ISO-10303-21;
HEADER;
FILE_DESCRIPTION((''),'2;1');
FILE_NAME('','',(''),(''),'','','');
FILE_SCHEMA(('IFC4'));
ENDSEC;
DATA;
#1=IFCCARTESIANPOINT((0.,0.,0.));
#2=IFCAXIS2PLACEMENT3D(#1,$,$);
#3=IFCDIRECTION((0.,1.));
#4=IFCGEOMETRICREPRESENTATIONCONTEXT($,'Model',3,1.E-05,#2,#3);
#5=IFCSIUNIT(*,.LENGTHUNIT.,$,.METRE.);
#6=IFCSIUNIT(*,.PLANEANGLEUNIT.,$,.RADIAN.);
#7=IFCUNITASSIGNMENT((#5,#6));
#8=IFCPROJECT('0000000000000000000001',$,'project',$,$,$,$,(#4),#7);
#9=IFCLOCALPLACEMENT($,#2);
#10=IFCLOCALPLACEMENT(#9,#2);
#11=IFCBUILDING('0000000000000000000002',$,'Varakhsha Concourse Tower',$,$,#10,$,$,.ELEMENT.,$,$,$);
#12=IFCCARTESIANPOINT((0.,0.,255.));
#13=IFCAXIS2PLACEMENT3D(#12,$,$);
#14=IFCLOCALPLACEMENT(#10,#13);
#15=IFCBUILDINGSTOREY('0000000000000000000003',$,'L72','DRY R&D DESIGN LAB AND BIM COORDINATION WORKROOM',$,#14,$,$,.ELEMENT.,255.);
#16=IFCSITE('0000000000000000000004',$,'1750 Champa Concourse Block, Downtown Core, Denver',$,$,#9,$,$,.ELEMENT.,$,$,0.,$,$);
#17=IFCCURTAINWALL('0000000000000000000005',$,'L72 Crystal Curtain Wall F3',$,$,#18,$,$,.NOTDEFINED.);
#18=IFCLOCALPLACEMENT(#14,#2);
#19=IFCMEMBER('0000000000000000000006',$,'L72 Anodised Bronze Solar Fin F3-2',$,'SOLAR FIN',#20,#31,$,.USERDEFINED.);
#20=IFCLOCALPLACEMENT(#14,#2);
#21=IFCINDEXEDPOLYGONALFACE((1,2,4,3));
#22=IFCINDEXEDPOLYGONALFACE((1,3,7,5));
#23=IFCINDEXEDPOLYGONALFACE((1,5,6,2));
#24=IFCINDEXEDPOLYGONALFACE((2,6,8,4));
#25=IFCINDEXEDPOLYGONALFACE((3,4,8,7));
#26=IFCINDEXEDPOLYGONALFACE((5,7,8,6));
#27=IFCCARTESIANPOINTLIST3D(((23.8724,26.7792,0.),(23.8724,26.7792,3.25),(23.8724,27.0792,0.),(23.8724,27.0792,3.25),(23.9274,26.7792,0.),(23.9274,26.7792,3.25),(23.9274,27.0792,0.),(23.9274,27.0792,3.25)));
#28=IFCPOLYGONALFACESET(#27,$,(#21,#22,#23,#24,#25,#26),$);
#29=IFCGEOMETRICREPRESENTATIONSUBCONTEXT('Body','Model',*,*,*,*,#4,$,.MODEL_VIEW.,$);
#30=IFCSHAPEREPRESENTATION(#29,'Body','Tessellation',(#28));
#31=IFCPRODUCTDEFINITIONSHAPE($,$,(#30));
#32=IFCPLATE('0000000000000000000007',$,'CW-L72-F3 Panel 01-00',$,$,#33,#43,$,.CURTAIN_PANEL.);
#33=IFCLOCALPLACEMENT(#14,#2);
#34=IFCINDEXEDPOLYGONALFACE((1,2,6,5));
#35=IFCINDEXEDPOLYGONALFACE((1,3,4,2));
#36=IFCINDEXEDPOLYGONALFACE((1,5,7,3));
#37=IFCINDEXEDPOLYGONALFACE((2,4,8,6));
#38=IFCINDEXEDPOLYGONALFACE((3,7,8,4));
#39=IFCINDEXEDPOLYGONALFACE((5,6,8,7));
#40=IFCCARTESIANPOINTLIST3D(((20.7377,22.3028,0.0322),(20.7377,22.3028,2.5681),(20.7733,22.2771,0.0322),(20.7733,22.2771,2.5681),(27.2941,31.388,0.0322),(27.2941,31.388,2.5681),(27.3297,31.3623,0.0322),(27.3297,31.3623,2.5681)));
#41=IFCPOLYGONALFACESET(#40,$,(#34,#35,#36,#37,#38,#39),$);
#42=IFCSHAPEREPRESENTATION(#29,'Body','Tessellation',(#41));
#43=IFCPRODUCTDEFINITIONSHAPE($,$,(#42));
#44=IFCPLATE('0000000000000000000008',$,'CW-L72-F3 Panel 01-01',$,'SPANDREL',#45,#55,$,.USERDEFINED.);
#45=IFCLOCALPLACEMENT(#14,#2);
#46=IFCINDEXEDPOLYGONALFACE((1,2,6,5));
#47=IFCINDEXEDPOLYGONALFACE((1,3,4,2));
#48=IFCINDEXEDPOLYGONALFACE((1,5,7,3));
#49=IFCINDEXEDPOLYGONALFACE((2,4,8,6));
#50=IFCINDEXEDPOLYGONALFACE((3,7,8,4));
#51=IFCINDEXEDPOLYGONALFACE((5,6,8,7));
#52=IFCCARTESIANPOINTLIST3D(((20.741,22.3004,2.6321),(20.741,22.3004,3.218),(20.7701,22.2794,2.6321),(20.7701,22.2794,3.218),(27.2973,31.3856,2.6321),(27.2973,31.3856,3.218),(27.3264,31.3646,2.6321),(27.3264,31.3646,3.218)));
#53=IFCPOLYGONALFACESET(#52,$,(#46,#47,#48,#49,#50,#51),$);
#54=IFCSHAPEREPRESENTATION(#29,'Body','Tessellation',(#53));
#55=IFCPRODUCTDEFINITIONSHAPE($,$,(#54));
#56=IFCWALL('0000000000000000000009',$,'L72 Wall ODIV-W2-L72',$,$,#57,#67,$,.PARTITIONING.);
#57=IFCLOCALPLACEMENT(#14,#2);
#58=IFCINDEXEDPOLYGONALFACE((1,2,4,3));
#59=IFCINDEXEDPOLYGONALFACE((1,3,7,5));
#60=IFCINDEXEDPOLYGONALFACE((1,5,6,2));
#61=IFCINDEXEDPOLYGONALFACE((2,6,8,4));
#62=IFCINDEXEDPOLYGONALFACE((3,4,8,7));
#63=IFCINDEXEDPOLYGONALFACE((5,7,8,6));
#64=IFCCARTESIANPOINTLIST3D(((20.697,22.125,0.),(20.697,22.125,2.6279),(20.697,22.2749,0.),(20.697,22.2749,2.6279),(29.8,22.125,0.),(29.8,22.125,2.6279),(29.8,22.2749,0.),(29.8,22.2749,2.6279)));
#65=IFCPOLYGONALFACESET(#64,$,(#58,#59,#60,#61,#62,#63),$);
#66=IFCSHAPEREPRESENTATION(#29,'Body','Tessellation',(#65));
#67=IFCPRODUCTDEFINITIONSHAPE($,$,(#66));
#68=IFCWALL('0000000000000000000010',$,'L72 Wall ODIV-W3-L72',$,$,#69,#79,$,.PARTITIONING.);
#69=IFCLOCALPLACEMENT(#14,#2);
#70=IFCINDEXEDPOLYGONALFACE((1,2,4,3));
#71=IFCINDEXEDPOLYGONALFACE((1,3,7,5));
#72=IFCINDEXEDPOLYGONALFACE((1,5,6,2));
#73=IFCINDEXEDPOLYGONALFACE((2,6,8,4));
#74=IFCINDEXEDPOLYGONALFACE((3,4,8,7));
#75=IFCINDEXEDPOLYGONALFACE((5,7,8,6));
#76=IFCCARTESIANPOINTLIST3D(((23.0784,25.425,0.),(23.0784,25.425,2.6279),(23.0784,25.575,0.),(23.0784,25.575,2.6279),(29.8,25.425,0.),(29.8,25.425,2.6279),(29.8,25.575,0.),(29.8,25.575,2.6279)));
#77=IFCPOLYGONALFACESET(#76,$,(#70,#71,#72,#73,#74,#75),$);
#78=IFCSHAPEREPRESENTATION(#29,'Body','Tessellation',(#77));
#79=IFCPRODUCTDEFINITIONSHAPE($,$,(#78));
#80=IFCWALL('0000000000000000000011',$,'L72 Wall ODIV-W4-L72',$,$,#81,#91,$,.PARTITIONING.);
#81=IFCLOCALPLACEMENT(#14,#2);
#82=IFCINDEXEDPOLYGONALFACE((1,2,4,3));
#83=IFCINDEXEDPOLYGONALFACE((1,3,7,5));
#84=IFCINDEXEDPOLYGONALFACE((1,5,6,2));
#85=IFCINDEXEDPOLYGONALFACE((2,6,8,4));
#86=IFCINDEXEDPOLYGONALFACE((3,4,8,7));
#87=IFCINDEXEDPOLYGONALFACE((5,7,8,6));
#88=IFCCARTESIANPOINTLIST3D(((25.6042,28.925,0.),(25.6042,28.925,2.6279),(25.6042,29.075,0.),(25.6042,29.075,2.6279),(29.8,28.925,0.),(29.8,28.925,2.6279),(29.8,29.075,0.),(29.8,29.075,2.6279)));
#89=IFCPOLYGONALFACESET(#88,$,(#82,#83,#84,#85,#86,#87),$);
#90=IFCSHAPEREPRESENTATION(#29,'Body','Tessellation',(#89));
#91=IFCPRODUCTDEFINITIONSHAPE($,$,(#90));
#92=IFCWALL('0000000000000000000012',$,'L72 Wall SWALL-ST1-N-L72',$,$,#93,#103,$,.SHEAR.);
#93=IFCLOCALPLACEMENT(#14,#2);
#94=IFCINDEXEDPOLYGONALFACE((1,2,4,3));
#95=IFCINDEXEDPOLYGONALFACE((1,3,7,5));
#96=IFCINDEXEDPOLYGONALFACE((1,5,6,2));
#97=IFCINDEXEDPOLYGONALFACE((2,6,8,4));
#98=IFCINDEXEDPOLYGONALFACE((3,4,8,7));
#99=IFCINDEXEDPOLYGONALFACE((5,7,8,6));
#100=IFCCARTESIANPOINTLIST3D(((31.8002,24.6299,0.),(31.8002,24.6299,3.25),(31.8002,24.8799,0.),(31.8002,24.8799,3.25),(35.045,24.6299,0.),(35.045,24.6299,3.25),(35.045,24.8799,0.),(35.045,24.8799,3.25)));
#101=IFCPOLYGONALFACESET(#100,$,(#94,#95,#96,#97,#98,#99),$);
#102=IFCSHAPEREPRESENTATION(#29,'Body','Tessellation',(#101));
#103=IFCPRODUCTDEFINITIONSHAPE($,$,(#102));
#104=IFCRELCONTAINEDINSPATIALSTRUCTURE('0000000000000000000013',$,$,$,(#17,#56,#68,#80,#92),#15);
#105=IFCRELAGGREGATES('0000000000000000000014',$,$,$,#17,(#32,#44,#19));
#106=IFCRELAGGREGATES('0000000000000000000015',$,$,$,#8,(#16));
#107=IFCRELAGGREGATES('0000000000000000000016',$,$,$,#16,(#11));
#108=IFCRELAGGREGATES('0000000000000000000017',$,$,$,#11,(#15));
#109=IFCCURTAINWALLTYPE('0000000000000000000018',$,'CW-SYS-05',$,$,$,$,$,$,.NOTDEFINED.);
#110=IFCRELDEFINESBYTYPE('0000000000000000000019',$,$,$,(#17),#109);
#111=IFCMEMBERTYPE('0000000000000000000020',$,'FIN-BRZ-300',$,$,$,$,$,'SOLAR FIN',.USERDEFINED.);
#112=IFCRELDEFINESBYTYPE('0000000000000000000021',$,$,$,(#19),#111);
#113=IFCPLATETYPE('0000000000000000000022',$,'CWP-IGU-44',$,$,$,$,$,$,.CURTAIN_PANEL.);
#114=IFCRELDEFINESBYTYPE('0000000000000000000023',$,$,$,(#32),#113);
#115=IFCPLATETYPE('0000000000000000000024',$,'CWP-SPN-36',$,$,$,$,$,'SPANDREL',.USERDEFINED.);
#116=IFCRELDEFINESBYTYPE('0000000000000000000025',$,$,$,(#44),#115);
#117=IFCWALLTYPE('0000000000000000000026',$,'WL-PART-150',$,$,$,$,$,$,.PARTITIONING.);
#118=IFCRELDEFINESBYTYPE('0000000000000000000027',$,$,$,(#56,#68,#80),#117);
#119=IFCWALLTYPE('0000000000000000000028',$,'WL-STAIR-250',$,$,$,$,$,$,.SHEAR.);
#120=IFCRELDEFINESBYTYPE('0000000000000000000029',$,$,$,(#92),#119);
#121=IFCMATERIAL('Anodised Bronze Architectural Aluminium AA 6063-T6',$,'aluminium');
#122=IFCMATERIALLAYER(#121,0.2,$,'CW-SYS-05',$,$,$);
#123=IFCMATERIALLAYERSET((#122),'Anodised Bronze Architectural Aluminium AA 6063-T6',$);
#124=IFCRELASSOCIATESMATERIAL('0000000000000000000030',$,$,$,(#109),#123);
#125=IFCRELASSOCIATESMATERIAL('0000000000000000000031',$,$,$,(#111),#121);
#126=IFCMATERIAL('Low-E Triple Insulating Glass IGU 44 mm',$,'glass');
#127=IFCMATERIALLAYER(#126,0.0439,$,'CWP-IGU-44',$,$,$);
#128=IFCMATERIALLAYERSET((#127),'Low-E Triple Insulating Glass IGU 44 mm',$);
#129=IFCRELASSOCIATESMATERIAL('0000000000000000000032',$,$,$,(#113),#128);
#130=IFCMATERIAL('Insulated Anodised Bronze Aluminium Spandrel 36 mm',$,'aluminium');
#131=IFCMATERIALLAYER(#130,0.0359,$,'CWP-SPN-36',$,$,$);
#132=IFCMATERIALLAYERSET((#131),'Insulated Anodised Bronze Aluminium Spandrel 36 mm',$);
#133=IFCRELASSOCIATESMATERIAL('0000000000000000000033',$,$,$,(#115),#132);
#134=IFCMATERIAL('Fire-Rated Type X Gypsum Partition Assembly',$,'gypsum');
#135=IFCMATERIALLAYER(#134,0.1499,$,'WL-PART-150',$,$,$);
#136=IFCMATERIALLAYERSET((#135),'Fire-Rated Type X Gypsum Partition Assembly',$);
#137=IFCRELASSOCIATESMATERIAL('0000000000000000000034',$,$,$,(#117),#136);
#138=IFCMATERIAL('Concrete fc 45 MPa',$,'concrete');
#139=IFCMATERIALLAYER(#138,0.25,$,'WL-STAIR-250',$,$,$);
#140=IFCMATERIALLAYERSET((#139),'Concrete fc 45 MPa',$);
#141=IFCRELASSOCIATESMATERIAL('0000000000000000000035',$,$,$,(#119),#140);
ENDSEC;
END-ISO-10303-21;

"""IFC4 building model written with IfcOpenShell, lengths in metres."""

from ifc_helpers import new_model, si_unit, direction, frame, frame_2d, origin, origin_2d, place, context, subcontext, project, spatial, rectangle, extrude, source, transform, mapped, material, layer, layer_set, material_profile, profile_set, type_object, type_shapes, element, aggregate, save


model = new_model("IFC4")

# Units and contexts
model_context = context("Model", 3, precision=1e-05, world=origin(), true_north=direction((0.0, 1.0)))
body_context = subcontext(model_context, "Body", "Model", "MODEL_VIEW")
ifc_project = project(units=[si_unit("LENGTHUNIT", "METRE"), si_unit("PLANEANGLEUNIT", "RADIAN")], contexts=[model_context])

# Site, building, storey
site_placement = place(None, origin())
site = spatial("IfcSite", under=ifc_project, at=site_placement, Name="1750 Champa Concourse Block, Downtown Core, Denver", CompositionType="ELEMENT", RefElevation=0.0)
building_placement = place(site_placement, origin())
building = spatial("IfcBuilding", under=site, at=building_placement, Name="Varakhsha Concourse Tower", CompositionType="ELEMENT")
storey_placement = place(building_placement, frame((0.0, 0.0, 255.0)))
storey = spatial("IfcBuildingStorey", under=building, at=storey_placement, Name="L72", Description="DRY R&D DESIGN LAB AND BIM COORDINATION WORKROOM", CompositionType="ELEMENT", Elevation=255.0)

# Curtain wall, member, plates
ifc_material_1 = material(Name="Anodised Bronze Architectural Aluminium AA 6063-T6", Category="aluminium")
ifc_layer_1 = layer(ifc_material_1, 0.2, Name="CW-SYS-05")
ifc_layer_set_1 = layer_set([ifc_layer_1], Name="Anodised Bronze Architectural Aluminium AA 6063-T6")
curtain_wall_type = type_object("IfcCurtainWallType", Name="CW-SYS-05", PredefinedType="NOTDEFINED", material=ifc_layer_set_1)
curtain_wall_placement = place(storey_placement, origin())
curtain_wall = element("IfcCurtainWall", 1, at=curtain_wall_placement, inside=storey, type_object=curtain_wall_type, Name="L72 Crystal Curtain Wall F3", PredefinedType="NOTDEFINED")
ifc_material_profile_1 = material_profile(ifc_material_1, rectangle(XDim=0.0549, YDim=0.3, at=origin_2d()), Name="FIN-BRZ-300")
ifc_profile_set_1 = profile_set([ifc_material_profile_1], Name="Anodised Bronze Architectural Aluminium AA 6063-T6")
member_type_1 = type_object("IfcMemberType", Name="FIN-BRZ-300", ElementType="SOLAR FIN", PredefinedType="USERDEFINED", material=ifc_profile_set_1)
shared_shape_1 = source(origin(), body_context, "Body", "SweptSolid", [
    extrude(rectangle(XDim=0.0549, YDim=0.3, at=origin_2d()), origin(), (0.0, 0.0, 1.0), 3.25),
])
type_shapes(member_type_1, [shared_shape_1])
member_1_placement = place(storey_placement, frame((23.8999, 26.9292, 0.0), z_axis=(0.0, 0.0, 1.0), x_axis=(1.0, 0.0, 0.0)))
member_1 = element("IfcMember", 2, at=member_1_placement, type_object=member_type_1, Name="L72 Anodised Bronze Solar Fin F3-2", ObjectType="SOLAR FIN", PredefinedType="USERDEFINED", context=body_context, shape_type="MappedRepresentation", body=[
    mapped(shared_shape_1, transform((0.0, 0.0, 0.0), scale=1.0)),
])
ifc_material_2 = material(Name="Low-E Triple Insulating Glass IGU 44 mm", Category="glass")
ifc_layer_2 = layer(ifc_material_2, 0.0439, Name="CWP-IGU-44")
ifc_layer_set_2 = layer_set([ifc_layer_2], Name="Low-E Triple Insulating Glass IGU 44 mm")
plate_type_1 = type_object("IfcPlateType", Name="CWP-IGU-44", PredefinedType="CURTAIN_PANEL", material=ifc_layer_set_2)
shared_shape_2 = source(origin(), body_context, "Body", "SweptSolid", [
    extrude(rectangle(XDim=11.2039, YDim=0.0439, at=origin_2d()), origin(), (0.0, 0.0, 1.0), 2.5359),
])
type_shapes(plate_type_1, [shared_shape_2])
plate_1_placement = place(storey_placement, frame((24.0337, 26.8325, 0.0322), z_axis=(0.0, 0.0, 1.0), x_axis=(0.585188, 0.810897, 0.0)))
plate_1 = element("IfcPlate", 3, at=plate_1_placement, type_object=plate_type_1, Name="CW-L72-F3 Panel 01-00", PredefinedType="CURTAIN_PANEL", context=body_context, shape_type="MappedRepresentation", body=[
    mapped(shared_shape_2, transform((0.0, 0.0, 0.0), scale=1.0)),
])
ifc_material_3 = material(Name="Insulated Anodised Bronze Aluminium Spandrel 36 mm", Category="aluminium")
ifc_layer_3 = layer(ifc_material_3, 0.0359, Name="CWP-SPN-36")
ifc_layer_set_3 = layer_set([ifc_layer_3], Name="Insulated Anodised Bronze Aluminium Spandrel 36 mm")
plate_type_2 = type_object("IfcPlateType", Name="CWP-SPN-36", ElementType="SPANDREL", PredefinedType="USERDEFINED", material=ifc_layer_set_3)
shared_shape_3 = source(origin(), body_context, "Body", "SweptSolid", [
    extrude(rectangle(XDim=11.2039, YDim=0.0359, at=origin_2d()), origin(), (0.0, 0.0, 1.0), 0.5859),
])
type_shapes(plate_type_2, [shared_shape_3])
plate_2_placement = place(storey_placement, frame((24.0337, 26.8325, 2.6321), z_axis=(0.0, 0.0, 1.0), x_axis=(0.585188, 0.810897, 0.0)))
plate_2 = element("IfcPlate", 4, at=plate_2_placement, type_object=plate_type_2, Name="CW-L72-F3 Panel 01-01", ObjectType="SPANDREL", PredefinedType="USERDEFINED", context=body_context, shape_type="MappedRepresentation", body=[
    mapped(shared_shape_3, transform((0.0, 0.0, 0.0), scale=1.0)),
])
aggregate(curtain_wall, [plate_1, plate_2, member_1])

# Walls
ifc_material_4 = material(Name="Fire-Rated Type X Gypsum Partition Assembly", Category="gypsum")
ifc_layer_4 = layer(ifc_material_4, 0.1499, Name="WL-PART-150")
ifc_layer_set_4 = layer_set([ifc_layer_4], Name="Fire-Rated Type X Gypsum Partition Assembly")
wall_type_1 = type_object("IfcWallType", Name="WL-PART-150", PredefinedType="PARTITIONING", material=ifc_layer_set_4)
wall_1_placement = place(storey_placement, frame((20.697, 22.2, 0.0), z_axis=(0.0, 0.0, 1.0), x_axis=(1.0, 0.0, 0.0)))
element("IfcWall", 5, at=wall_1_placement, inside=storey, type_object=wall_type_1, Name="L72 Wall ODIV-W2-L72", PredefinedType="PARTITIONING", context=body_context, shape_type="SweptSolid", body=[
    extrude(rectangle(XDim=9.103, YDim=0.1499, at=frame_2d((4.5515, 0.0))), origin(), (0.0, 0.0, 1.0), 2.6279),
])
wall_2_placement = place(storey_placement, frame((23.0784, 25.5, 0.0), z_axis=(0.0, 0.0, 1.0), x_axis=(1.0, 0.0, 0.0)))
element("IfcWall", 6, at=wall_2_placement, inside=storey, type_object=wall_type_1, Name="L72 Wall ODIV-W3-L72", PredefinedType="PARTITIONING", context=body_context, shape_type="SweptSolid", body=[
    extrude(rectangle(XDim=6.7217, YDim=0.1499, at=frame_2d((3.3608, 0.0))), origin(), (0.0, 0.0, 1.0), 2.6279),
])
wall_3_placement = place(storey_placement, frame((25.6042, 29.0, 0.0), z_axis=(0.0, 0.0, 1.0), x_axis=(1.0, 0.0, 0.0)))
element("IfcWall", 7, at=wall_3_placement, inside=storey, type_object=wall_type_1, Name="L72 Wall ODIV-W4-L72", PredefinedType="PARTITIONING", context=body_context, shape_type="SweptSolid", body=[
    extrude(rectangle(XDim=4.1958, YDim=0.1499, at=frame_2d((2.0979, 0.0))), origin(), (0.0, 0.0, 1.0), 2.6279),
])

# Wall
ifc_material_5 = material(Name="Concrete fc 45 MPa", Category="concrete")
ifc_layer_5 = layer(ifc_material_5, 0.25, Name="WL-STAIR-250")
ifc_layer_set_5 = layer_set([ifc_layer_5], Name="Concrete fc 45 MPa")
wall_type_2 = type_object("IfcWallType", Name="WL-STAIR-250", PredefinedType="SHEAR", material=ifc_layer_set_5)
wall_4_placement = place(storey_placement, frame((31.8, 24.7549, 0.0), z_axis=(0.0, 0.0, 1.0), x_axis=(1.0, 0.0, 0.0)))
element("IfcWall", 8, at=wall_4_placement, inside=storey, type_object=wall_type_2, Name="L72 Wall SWALL-ST1-N-L72", PredefinedType="SHEAR", context=body_context, shape_type="SweptSolid", body=[
    extrude(rectangle(XDim=3.2449, YDim=0.25, at=frame_2d((1.6226, 0.0))), origin(), (0.0, 0.0, 1.0), 3.25),
])

save(model, "model.ifc")
